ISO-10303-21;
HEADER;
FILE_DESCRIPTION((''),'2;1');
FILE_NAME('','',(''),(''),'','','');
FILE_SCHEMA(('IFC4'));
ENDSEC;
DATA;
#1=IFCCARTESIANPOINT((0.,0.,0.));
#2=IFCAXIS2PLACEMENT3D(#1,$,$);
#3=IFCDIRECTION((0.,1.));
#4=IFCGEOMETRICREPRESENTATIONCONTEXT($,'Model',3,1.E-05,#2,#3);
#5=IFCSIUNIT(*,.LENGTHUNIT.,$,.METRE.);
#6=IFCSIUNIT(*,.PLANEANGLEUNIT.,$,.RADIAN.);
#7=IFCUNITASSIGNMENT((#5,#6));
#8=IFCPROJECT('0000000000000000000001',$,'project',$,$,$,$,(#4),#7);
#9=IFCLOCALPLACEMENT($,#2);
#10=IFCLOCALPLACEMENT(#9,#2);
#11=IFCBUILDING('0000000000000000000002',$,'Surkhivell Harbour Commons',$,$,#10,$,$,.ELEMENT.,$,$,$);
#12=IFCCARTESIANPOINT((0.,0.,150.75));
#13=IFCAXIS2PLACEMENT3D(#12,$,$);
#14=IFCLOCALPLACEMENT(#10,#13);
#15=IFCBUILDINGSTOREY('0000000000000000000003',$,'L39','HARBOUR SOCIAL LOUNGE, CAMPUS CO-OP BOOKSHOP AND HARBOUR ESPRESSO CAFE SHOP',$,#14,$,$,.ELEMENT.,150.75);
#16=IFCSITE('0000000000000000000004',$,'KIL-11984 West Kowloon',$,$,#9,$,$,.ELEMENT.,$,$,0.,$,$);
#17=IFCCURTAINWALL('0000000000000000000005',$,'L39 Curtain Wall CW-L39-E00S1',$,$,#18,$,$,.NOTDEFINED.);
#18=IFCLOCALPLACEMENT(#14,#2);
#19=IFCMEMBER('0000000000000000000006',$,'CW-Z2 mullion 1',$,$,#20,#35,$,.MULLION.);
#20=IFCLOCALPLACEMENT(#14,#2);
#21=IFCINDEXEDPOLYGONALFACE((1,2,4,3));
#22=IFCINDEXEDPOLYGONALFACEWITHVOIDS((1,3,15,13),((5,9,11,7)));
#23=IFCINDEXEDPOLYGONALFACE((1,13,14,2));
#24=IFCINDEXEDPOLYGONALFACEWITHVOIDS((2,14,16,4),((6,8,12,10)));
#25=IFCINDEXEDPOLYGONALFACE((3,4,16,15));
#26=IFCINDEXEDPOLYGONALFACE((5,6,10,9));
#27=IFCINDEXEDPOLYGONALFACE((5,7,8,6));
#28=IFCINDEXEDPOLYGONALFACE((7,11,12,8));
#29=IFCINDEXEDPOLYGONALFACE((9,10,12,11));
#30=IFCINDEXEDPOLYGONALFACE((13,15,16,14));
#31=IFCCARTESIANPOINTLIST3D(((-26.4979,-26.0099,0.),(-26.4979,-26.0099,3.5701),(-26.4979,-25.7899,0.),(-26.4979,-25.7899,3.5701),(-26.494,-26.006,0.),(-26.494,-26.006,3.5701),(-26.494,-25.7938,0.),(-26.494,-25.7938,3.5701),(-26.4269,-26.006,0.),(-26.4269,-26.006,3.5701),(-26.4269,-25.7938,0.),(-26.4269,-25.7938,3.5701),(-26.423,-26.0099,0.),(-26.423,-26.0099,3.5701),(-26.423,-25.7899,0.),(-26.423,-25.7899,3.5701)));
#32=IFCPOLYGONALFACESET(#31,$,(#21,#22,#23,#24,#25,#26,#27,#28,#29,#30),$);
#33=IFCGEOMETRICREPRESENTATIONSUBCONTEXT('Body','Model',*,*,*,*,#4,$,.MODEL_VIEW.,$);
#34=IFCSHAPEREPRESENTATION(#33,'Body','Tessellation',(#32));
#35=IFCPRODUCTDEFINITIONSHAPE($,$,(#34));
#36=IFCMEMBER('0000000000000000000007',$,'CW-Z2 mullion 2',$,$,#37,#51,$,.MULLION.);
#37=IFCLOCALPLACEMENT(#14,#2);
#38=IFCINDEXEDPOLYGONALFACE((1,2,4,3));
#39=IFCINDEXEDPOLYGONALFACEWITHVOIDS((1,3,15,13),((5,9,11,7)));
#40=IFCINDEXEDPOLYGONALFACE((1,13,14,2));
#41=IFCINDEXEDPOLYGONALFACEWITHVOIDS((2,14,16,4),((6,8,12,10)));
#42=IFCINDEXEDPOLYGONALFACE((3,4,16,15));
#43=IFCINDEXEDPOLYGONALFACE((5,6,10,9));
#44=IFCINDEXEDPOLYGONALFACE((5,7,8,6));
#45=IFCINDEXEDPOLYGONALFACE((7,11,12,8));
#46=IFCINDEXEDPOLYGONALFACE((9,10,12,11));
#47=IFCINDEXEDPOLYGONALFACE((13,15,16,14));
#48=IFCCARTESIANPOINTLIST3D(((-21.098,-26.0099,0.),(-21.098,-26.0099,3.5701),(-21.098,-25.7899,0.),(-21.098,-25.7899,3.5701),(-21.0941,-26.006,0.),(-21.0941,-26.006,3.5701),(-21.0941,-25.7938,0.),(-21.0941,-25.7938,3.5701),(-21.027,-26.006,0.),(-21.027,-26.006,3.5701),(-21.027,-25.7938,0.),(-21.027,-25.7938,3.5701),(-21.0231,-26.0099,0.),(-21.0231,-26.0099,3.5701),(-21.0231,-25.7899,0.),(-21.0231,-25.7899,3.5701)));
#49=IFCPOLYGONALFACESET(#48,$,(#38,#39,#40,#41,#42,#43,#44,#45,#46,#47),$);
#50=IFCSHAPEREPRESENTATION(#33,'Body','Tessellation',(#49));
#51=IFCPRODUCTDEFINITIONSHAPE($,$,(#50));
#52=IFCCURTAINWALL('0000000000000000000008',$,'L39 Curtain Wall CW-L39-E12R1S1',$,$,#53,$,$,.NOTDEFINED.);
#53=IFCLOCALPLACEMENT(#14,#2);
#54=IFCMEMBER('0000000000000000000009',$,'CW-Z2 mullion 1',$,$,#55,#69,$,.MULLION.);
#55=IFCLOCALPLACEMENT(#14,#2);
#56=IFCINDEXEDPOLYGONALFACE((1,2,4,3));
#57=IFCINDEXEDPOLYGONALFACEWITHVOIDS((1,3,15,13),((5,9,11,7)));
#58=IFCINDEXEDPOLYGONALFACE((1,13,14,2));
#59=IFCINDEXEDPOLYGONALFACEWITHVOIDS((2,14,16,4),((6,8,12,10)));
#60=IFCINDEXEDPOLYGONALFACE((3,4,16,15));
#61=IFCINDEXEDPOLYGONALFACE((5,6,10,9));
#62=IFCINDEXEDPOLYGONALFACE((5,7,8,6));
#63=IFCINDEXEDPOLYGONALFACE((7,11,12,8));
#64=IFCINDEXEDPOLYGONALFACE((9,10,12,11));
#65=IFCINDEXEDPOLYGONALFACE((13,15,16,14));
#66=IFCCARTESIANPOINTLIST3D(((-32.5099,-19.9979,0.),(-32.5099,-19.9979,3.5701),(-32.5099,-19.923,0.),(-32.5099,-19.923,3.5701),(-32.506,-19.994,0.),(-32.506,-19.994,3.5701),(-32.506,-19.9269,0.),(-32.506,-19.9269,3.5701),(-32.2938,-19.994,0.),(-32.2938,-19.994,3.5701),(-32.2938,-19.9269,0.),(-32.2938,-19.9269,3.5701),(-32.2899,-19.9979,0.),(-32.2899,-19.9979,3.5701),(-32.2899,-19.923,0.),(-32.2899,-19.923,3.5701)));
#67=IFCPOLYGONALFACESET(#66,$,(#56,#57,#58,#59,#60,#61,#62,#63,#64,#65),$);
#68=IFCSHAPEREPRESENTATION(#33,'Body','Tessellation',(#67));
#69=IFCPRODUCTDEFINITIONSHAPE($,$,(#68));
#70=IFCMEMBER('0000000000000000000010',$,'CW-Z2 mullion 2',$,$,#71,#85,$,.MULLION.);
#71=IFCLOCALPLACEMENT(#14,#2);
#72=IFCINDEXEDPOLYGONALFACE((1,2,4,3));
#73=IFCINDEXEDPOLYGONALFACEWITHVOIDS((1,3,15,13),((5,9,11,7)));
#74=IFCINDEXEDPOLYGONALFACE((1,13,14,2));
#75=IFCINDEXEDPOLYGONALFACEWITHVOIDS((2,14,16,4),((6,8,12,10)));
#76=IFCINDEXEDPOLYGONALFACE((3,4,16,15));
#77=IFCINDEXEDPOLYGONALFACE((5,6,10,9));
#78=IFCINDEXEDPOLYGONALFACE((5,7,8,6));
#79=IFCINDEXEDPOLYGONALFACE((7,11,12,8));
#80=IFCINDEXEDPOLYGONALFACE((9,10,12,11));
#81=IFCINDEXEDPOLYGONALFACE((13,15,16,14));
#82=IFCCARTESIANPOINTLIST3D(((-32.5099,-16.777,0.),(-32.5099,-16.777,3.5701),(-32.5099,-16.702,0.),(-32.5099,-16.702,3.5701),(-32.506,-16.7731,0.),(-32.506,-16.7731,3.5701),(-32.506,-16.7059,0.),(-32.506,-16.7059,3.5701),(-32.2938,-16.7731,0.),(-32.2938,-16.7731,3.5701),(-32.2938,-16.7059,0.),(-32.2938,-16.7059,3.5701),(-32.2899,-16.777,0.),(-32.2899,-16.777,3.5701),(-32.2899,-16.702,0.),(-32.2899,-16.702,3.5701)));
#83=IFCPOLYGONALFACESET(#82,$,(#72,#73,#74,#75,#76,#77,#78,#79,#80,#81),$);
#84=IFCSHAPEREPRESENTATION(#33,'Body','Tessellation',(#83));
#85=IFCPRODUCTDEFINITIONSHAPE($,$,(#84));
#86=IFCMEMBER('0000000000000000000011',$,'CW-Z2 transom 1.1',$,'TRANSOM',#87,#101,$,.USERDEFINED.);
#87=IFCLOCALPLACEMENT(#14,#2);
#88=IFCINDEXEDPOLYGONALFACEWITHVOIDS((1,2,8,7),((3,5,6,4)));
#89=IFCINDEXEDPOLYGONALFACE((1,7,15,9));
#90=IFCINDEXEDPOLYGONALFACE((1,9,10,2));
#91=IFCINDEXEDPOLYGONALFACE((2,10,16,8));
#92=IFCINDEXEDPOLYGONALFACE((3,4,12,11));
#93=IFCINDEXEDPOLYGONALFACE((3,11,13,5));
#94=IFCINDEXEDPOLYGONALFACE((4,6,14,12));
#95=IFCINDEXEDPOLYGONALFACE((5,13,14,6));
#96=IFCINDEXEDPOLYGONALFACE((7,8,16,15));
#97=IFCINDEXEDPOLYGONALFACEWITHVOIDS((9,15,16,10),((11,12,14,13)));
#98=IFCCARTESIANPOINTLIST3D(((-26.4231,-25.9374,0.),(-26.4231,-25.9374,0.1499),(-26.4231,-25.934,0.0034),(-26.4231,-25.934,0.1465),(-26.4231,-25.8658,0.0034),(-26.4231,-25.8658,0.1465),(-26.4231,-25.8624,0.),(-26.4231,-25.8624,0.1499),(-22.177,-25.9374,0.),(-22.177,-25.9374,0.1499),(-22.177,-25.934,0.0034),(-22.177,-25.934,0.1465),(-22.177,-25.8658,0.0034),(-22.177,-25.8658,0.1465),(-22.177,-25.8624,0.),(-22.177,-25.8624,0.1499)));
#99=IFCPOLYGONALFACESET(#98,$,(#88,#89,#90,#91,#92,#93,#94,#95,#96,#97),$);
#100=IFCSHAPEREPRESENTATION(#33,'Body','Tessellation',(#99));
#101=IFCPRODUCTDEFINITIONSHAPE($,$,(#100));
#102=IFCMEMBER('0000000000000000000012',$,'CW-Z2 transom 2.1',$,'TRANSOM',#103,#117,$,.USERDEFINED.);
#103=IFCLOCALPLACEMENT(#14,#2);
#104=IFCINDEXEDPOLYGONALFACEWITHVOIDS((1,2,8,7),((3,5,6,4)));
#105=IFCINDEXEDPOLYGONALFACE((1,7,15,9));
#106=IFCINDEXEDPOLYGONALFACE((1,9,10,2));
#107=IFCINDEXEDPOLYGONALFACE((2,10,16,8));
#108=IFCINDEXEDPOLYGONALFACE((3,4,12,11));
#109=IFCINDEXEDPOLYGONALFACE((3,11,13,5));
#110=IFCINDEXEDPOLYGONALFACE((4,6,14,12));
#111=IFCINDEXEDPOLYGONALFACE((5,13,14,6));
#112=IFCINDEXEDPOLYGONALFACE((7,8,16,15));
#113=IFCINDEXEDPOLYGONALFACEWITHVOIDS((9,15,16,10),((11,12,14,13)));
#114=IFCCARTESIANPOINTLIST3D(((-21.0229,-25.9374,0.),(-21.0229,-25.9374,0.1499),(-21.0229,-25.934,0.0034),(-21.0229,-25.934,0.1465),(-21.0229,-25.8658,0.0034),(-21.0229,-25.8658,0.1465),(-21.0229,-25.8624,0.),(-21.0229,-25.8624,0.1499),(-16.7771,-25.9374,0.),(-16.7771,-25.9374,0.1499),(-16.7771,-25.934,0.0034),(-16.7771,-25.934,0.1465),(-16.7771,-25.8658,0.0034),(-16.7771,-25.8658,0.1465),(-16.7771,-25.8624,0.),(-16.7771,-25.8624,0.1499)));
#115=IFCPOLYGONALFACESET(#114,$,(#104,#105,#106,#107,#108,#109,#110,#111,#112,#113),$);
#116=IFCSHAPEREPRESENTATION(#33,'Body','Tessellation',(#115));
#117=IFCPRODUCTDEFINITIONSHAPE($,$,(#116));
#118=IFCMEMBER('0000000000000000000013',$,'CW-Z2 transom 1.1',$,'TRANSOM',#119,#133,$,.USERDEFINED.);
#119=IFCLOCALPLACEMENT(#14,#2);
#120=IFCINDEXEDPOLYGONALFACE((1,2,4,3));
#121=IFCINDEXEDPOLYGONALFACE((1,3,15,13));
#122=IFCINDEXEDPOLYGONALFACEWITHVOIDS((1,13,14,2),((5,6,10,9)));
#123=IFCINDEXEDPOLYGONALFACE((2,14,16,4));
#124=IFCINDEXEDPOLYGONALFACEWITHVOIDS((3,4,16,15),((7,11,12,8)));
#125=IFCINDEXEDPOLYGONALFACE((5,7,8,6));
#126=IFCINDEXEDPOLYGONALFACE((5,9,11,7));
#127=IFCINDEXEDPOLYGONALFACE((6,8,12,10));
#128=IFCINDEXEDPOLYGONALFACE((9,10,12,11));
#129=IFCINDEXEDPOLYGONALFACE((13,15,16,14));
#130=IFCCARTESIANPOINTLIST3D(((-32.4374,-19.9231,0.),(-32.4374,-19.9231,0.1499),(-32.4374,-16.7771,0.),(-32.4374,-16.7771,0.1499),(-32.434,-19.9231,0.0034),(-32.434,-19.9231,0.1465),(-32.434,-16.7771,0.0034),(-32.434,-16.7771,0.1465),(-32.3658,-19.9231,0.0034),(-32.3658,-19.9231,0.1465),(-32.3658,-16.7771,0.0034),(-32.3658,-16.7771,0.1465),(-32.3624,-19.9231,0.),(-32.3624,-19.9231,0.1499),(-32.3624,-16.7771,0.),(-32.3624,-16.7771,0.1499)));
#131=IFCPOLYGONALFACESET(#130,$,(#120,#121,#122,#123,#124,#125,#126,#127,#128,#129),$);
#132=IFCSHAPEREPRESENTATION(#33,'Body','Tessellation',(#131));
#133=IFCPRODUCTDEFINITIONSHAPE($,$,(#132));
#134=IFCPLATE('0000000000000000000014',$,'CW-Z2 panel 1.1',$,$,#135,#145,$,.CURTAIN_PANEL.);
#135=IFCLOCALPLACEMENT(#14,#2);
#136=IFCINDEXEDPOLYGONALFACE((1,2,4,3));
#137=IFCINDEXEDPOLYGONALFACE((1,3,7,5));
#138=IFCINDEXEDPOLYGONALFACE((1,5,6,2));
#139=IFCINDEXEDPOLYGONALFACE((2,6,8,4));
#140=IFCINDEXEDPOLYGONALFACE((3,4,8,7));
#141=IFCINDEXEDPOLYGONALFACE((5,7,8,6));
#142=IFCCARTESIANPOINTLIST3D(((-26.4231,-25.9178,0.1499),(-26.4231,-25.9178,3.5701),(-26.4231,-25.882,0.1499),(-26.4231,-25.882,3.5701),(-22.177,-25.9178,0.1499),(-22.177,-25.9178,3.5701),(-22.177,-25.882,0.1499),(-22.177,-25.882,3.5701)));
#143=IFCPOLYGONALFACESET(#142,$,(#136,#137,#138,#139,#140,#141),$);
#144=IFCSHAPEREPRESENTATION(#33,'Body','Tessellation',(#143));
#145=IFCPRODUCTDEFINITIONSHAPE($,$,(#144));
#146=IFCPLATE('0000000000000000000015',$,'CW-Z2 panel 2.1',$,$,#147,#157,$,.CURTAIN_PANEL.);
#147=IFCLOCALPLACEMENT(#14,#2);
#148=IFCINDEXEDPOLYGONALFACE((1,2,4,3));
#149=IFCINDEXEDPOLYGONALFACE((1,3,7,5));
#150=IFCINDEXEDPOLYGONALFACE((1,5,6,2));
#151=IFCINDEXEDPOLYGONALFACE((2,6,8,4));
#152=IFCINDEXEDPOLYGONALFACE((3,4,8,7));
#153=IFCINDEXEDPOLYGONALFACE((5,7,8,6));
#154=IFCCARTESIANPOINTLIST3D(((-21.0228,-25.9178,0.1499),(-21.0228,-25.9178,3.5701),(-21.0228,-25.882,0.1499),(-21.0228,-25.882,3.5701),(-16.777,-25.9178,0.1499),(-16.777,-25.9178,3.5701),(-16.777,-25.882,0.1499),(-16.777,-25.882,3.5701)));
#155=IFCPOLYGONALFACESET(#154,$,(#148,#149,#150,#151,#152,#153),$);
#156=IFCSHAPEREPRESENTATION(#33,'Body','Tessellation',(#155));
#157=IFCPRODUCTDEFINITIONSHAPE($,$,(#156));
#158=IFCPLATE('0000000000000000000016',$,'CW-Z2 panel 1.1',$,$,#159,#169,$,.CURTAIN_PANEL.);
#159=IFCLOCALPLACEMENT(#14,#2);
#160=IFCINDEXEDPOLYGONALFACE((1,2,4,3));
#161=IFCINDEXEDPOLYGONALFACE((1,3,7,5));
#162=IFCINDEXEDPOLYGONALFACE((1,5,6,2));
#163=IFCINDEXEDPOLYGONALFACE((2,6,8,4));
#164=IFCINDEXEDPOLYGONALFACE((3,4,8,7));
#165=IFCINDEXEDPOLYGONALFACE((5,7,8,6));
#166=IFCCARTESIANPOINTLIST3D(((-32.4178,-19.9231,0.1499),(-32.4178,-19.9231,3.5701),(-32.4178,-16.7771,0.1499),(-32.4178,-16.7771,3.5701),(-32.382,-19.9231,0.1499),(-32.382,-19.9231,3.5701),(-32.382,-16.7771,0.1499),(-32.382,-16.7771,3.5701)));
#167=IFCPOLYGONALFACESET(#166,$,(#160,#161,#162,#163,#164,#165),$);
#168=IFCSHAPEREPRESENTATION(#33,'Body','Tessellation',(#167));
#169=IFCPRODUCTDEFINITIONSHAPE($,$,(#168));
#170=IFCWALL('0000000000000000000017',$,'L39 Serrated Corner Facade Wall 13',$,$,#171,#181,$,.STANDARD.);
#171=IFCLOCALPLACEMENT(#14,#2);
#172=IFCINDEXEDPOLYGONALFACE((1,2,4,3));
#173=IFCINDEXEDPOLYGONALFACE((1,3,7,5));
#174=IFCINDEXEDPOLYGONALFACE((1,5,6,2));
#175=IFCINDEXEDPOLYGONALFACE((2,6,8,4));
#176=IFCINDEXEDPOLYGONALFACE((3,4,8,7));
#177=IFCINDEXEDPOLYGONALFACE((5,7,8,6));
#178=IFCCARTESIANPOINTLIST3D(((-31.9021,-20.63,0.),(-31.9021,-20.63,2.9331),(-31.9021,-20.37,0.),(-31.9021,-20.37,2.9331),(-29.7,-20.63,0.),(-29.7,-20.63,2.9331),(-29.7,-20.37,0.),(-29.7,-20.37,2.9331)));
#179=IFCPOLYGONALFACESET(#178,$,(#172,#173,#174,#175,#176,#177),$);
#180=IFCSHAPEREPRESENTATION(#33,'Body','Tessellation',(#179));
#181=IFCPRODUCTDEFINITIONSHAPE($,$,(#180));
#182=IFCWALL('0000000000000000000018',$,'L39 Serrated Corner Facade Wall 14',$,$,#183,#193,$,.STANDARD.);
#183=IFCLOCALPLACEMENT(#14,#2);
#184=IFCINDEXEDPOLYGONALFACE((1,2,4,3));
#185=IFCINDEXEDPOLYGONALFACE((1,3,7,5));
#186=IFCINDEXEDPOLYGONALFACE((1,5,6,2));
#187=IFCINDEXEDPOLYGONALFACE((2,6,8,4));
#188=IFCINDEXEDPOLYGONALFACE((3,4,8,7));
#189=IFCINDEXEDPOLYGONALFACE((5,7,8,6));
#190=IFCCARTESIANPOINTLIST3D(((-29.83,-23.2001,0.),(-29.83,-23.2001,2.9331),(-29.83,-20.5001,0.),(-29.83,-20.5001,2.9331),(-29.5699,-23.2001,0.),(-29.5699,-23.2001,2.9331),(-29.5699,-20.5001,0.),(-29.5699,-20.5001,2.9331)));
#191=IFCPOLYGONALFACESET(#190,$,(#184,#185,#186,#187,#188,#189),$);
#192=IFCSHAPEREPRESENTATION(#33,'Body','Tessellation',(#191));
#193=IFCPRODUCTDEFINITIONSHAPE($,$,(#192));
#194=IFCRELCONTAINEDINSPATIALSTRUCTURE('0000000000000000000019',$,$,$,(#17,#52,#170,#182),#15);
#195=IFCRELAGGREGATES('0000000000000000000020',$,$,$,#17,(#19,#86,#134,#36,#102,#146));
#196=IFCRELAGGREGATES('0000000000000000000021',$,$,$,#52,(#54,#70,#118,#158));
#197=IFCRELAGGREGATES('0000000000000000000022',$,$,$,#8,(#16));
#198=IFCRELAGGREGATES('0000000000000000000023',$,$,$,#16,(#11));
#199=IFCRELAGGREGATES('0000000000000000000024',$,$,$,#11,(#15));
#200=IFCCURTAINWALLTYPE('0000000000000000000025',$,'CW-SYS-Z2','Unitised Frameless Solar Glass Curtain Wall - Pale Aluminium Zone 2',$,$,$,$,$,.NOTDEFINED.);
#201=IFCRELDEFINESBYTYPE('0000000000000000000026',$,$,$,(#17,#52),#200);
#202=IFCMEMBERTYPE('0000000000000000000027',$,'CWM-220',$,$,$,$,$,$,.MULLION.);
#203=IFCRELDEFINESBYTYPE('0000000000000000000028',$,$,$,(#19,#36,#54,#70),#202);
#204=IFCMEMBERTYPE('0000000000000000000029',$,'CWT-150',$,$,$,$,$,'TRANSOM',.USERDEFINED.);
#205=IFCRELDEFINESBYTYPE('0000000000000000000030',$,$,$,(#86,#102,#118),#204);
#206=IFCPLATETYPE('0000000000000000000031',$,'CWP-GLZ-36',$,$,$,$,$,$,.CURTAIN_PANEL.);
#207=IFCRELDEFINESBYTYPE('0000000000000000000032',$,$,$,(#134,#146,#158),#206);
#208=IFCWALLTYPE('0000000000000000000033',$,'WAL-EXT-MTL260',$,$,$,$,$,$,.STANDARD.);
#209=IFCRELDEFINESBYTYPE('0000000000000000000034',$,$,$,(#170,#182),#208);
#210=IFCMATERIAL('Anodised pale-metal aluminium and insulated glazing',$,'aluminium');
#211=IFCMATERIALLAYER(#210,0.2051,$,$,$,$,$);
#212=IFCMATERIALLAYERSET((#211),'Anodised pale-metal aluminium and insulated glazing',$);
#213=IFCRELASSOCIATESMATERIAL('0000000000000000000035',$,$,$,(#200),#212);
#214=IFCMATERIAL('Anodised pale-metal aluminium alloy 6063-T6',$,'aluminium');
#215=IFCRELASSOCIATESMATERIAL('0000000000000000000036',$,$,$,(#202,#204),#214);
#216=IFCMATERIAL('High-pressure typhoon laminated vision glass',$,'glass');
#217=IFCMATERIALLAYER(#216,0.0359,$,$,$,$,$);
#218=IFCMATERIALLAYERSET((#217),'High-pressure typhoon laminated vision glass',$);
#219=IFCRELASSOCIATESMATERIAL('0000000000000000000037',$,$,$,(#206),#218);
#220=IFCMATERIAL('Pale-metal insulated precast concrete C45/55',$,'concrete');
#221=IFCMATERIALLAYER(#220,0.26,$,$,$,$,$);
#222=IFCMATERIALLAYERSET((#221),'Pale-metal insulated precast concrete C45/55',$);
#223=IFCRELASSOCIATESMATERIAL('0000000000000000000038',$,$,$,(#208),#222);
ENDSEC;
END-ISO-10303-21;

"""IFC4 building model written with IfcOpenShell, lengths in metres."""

from ifc_helpers import new_model, si_unit, direction, frame, frame_2d, origin, origin_2d, place, context, subcontext, project, spatial, rectangle, hollow_rectangle, extrude, material, layer, layer_set, material_profile, profile_set, type_object, element, aggregate, save


model = new_model("IFC4")

# Units and contexts
model_context = context("Model", 3, precision=1e-05, world=origin(), true_north=direction((0.0, 1.0)))
body_context = subcontext(model_context, "Body", "Model", "MODEL_VIEW")
ifc_project = project(units=[si_unit("LENGTHUNIT", "METRE"), si_unit("PLANEANGLEUNIT", "RADIAN")], contexts=[model_context])

# Site, building, storey
site_placement = place(None, origin())
site = spatial("IfcSite", under=ifc_project, at=site_placement, Name="KIL-11984 West Kowloon", CompositionType="ELEMENT", RefElevation=0.0)
building_placement = place(site_placement, origin())
building = spatial("IfcBuilding", under=site, at=building_placement, Name="Surkhivell Harbour Commons", CompositionType="ELEMENT")
storey_placement = place(building_placement, frame((0.0, 0.0, 150.75)))
storey = spatial("IfcBuildingStorey", under=building, at=storey_placement, Name="L39", Description="HARBOUR SOCIAL LOUNGE, CAMPUS CO-OP BOOKSHOP AND HARBOUR ESPRESSO CAFE SHOP", CompositionType="ELEMENT", Elevation=150.75)

# Curtain walls, members
ifc_material_1 = material(Name="Anodised pale-metal aluminium and insulated glazing", Category="aluminium")
ifc_layer_1 = layer(ifc_material_1, 0.2051)
ifc_layer_set_1 = layer_set([ifc_layer_1], Name="Anodised pale-metal aluminium and insulated glazing")
curtain_wall_type = type_object("IfcCurtainWallType", Name="CW-SYS-Z2", Description="Unitised Frameless Solar Glass Curtain Wall - Pale Aluminium Zone 2", PredefinedType="NOTDEFINED", material=ifc_layer_set_1)
curtain_wall_1_placement = place(storey_placement, origin())
curtain_wall_1 = element("IfcCurtainWall", 1, at=curtain_wall_1_placement, inside=storey, type_object=curtain_wall_type, Name="L39 Curtain Wall CW-L39-E00S1", PredefinedType="NOTDEFINED")
ifc_material_2 = material(Name="Anodised pale-metal aluminium alloy 6063-T6", Category="aluminium")
ifc_material_profile_1 = material_profile(ifc_material_2, hollow_rectangle(XDim=0.075, YDim=0.22, WallThickness=0.0039, at=origin_2d()), Name="ALU-MULL-75x220")
ifc_profile_set_1 = profile_set([ifc_material_profile_1], Name="Anodised pale-metal aluminium alloy 6063-T6")
member_type_1 = type_object("IfcMemberType", Name="CWM-220", PredefinedType="MULLION", material=ifc_profile_set_1)
member_1_placement = place(storey_placement, frame((-26.4604, -25.8999, 0.0), z_axis=(0.0, 0.0, 1.0), x_axis=(1.0, 0.0, 0.0)))
member_1 = element("IfcMember", 2, at=member_1_placement, type_object=member_type_1, Name="CW-Z2 mullion 1", PredefinedType="MULLION", context=body_context, shape_type="SweptSolid", body=[
    extrude(hollow_rectangle(XDim=0.075, YDim=0.22, WallThickness=0.0039, at=origin_2d()), origin(), (0.0, 0.0, 1.0), 3.5701),
])
member_2_placement = place(storey_placement, frame((-21.0605, -25.8999, 0.0), z_axis=(0.0, 0.0, 1.0), x_axis=(1.0, 0.0, 0.0)))
member_2 = element("IfcMember", 3, at=member_2_placement, type_object=member_type_1, Name="CW-Z2 mullion 2", PredefinedType="MULLION", context=body_context, shape_type="SweptSolid", body=[
    extrude(hollow_rectangle(XDim=0.075, YDim=0.22, WallThickness=0.0039, at=origin_2d()), origin(), (0.0, 0.0, 1.0), 3.5701),
])
curtain_wall_2_placement = place(storey_placement, origin())
curtain_wall_2 = element("IfcCurtainWall", 4, at=curtain_wall_2_placement, inside=storey, type_object=curtain_wall_type, Name="L39 Curtain Wall CW-L39-E12R1S1", PredefinedType="NOTDEFINED")
member_3_placement = place(storey_placement, frame((-32.3999, -19.9604, 0.0), z_axis=(0.0, 0.0, 1.0), x_axis=(0.0, 1.0, 0.0)))
member_3 = element("IfcMember", 5, at=member_3_placement, type_object=member_type_1, Name="CW-Z2 mullion 1", PredefinedType="MULLION", context=body_context, shape_type="SweptSolid", body=[
    extrude(hollow_rectangle(XDim=0.075, YDim=0.22, WallThickness=0.0039, at=origin_2d()), origin(), (0.0, 0.0, 1.0), 3.5701),
])
member_4_placement = place(storey_placement, frame((-32.3999, -16.7395, 0.0), z_axis=(0.0, 0.0, 1.0), x_axis=(0.0, 1.0, 0.0)))
member_4 = element("IfcMember", 6, at=member_4_placement, type_object=member_type_1, Name="CW-Z2 mullion 2", PredefinedType="MULLION", context=body_context, shape_type="SweptSolid", body=[
    extrude(hollow_rectangle(XDim=0.075, YDim=0.22, WallThickness=0.0039, at=origin_2d()), origin(), (0.0, 0.0, 1.0), 3.5701),
])

# Members
ifc_material_profile_2 = material_profile(ifc_material_2, hollow_rectangle(XDim=0.075, YDim=0.1499, WallThickness=0.0034, at=origin_2d()), Name="ALU-TRAN-75x150")
ifc_profile_set_2 = profile_set([ifc_material_profile_2], Name="Anodised pale-metal aluminium alloy 6063-T6")
member_type_2 = type_object("IfcMemberType", Name="CWT-150", ElementType="TRANSOM", PredefinedType="USERDEFINED", material=ifc_profile_set_2)
member_5_placement = place(storey_placement, frame((-26.4231, -25.8999, 0.075), z_axis=(1.0, 0.0, 0.0), x_axis=(0.0, 1.0, 0.0)))
member_5 = element("IfcMember", 7, at=member_5_placement, type_object=member_type_2, Name="CW-Z2 transom 1.1", ObjectType="TRANSOM", PredefinedType="USERDEFINED", context=body_context, shape_type="SweptSolid", body=[
    extrude(hollow_rectangle(XDim=0.075, YDim=0.1499, WallThickness=0.0034, at=origin_2d()), origin(), (0.0, 0.0, 1.0), 4.2461),
])
member_6_placement = place(storey_placement, frame((-21.0229, -25.8999, 0.075), z_axis=(1.0, 0.0, 0.0), x_axis=(0.0, 1.0, 0.0)))
member_6 = element("IfcMember", 8, at=member_6_placement, type_object=member_type_2, Name="CW-Z2 transom 2.1", ObjectType="TRANSOM", PredefinedType="USERDEFINED", context=body_context, shape_type="SweptSolid", body=[
    extrude(hollow_rectangle(XDim=0.075, YDim=0.1499, WallThickness=0.0034, at=origin_2d()), origin(), (0.0, 0.0, 1.0), 4.2458),
])
member_7_placement = place(storey_placement, frame((-32.3999, -19.9231, 0.075), z_axis=(0.0, 1.0, 0.0), x_axis=(-1.0, 0.0, 0.0)))
member_7 = element("IfcMember", 9, at=member_7_placement, type_object=member_type_2, Name="CW-Z2 transom 1.1", ObjectType="TRANSOM", PredefinedType="USERDEFINED", context=body_context, shape_type="SweptSolid", body=[
    extrude(hollow_rectangle(XDim=0.075, YDim=0.1499, WallThickness=0.0034, at=origin_2d()), origin(), (0.0, 0.0, 1.0), 3.146),
])

# Plates
ifc_material_3 = material(Name="High-pressure typhoon laminated vision glass", Category="glass")
ifc_layer_2 = layer(ifc_material_3, 0.0359)
ifc_layer_set_2 = layer_set([ifc_layer_2], Name="High-pressure typhoon laminated vision glass")
plate_type = type_object("IfcPlateType", Name="CWP-GLZ-36", PredefinedType="CURTAIN_PANEL", material=ifc_layer_set_2)
plate_1_placement = place(storey_placement, frame((-26.4231, -25.8999, 0.1499), z_axis=(0.0, 0.0, 1.0), x_axis=(1.0, 0.0, 0.0)))
plate_1 = element("IfcPlate", 10, at=plate_1_placement, type_object=plate_type, Name="CW-Z2 panel 1.1", PredefinedType="CURTAIN_PANEL", context=body_context, shape_type="SweptSolid", body=[
    extrude(rectangle(XDim=4.2461, YDim=0.0359, at=frame_2d((2.123, 0.0))), origin(), (0.0, 0.0, 1.0), 3.4202),
])
plate_2_placement = place(storey_placement, frame((-21.0229, -25.8999, 0.1499), z_axis=(0.0, 0.0, 1.0), x_axis=(1.0, 0.0, 0.0)))
plate_2 = element("IfcPlate", 11, at=plate_2_placement, type_object=plate_type, Name="CW-Z2 panel 2.1", PredefinedType="CURTAIN_PANEL", context=body_context, shape_type="SweptSolid", body=[
    extrude(rectangle(XDim=4.2458, YDim=0.0359, at=frame_2d((2.123, 0.0))), origin(), (0.0, 0.0, 1.0), 3.4202),
])
aggregate(curtain_wall_1, [member_1, member_5, plate_1, member_2, member_6, plate_2])
plate_3_placement = place(storey_placement, frame((-32.3999, -19.9231, 0.1499), z_axis=(0.0, 0.0, 1.0), x_axis=(0.0, 1.0, 0.0)))
plate_3 = element("IfcPlate", 12, at=plate_3_placement, type_object=plate_type, Name="CW-Z2 panel 1.1", PredefinedType="CURTAIN_PANEL", context=body_context, shape_type="SweptSolid", body=[
    extrude(rectangle(XDim=3.146, YDim=0.0359, at=frame_2d((1.573, 0.0))), origin(), (0.0, 0.0, 1.0), 3.4202),
])
aggregate(curtain_wall_2, [member_3, member_4, member_7, plate_3])

# Walls
ifc_material_4 = material(Name="Pale-metal insulated precast concrete C45/55", Category="concrete")
ifc_layer_3 = layer(ifc_material_4, 0.26)
ifc_layer_set_3 = layer_set([ifc_layer_3], Name="Pale-metal insulated precast concrete C45/55")
wall_type = type_object("IfcWallType", Name="WAL-EXT-MTL260", PredefinedType="STANDARD", material=ifc_layer_set_3)
wall_1_placement = place(storey_placement, frame((-31.9021, -20.5, 0.0), z_axis=(0.0, 0.0, 1.0), x_axis=(1.0, 0.0, 0.0)))
element("IfcWall", 13, at=wall_1_placement, inside=storey, type_object=wall_type, Name="L39 Serrated Corner Facade Wall 13", PredefinedType="STANDARD", context=body_context, shape_type="SweptSolid", body=[
    extrude(rectangle(XDim=2.2021, YDim=0.26, at=frame_2d((1.1011, 0.0))), origin(), (0.0, 0.0, 1.0), 2.9331),
])
for number, where, z_axis, x_axis, name in (
    (14, (-29.7, -20.5, 0.0), (0.0, 0.0, 1.0), (0.0, -1.0, 0.0), "L39 Serrated Corner Facade Wall 14"),
):
    element("IfcWall", number, at=place(storey_placement, frame(where, z_axis=z_axis, x_axis=x_axis)), inside=storey, type_object=wall_type, Name=name, PredefinedType="STANDARD", context=body_context, shape_type="SweptSolid", body=[
        extrude(rectangle(XDim=2.7, YDim=0.26, at=frame_2d((1.3501, 0.0))), origin(), (0.0, 0.0, 1.0), 2.9331),
    ])

save(model, "model.ifc")
